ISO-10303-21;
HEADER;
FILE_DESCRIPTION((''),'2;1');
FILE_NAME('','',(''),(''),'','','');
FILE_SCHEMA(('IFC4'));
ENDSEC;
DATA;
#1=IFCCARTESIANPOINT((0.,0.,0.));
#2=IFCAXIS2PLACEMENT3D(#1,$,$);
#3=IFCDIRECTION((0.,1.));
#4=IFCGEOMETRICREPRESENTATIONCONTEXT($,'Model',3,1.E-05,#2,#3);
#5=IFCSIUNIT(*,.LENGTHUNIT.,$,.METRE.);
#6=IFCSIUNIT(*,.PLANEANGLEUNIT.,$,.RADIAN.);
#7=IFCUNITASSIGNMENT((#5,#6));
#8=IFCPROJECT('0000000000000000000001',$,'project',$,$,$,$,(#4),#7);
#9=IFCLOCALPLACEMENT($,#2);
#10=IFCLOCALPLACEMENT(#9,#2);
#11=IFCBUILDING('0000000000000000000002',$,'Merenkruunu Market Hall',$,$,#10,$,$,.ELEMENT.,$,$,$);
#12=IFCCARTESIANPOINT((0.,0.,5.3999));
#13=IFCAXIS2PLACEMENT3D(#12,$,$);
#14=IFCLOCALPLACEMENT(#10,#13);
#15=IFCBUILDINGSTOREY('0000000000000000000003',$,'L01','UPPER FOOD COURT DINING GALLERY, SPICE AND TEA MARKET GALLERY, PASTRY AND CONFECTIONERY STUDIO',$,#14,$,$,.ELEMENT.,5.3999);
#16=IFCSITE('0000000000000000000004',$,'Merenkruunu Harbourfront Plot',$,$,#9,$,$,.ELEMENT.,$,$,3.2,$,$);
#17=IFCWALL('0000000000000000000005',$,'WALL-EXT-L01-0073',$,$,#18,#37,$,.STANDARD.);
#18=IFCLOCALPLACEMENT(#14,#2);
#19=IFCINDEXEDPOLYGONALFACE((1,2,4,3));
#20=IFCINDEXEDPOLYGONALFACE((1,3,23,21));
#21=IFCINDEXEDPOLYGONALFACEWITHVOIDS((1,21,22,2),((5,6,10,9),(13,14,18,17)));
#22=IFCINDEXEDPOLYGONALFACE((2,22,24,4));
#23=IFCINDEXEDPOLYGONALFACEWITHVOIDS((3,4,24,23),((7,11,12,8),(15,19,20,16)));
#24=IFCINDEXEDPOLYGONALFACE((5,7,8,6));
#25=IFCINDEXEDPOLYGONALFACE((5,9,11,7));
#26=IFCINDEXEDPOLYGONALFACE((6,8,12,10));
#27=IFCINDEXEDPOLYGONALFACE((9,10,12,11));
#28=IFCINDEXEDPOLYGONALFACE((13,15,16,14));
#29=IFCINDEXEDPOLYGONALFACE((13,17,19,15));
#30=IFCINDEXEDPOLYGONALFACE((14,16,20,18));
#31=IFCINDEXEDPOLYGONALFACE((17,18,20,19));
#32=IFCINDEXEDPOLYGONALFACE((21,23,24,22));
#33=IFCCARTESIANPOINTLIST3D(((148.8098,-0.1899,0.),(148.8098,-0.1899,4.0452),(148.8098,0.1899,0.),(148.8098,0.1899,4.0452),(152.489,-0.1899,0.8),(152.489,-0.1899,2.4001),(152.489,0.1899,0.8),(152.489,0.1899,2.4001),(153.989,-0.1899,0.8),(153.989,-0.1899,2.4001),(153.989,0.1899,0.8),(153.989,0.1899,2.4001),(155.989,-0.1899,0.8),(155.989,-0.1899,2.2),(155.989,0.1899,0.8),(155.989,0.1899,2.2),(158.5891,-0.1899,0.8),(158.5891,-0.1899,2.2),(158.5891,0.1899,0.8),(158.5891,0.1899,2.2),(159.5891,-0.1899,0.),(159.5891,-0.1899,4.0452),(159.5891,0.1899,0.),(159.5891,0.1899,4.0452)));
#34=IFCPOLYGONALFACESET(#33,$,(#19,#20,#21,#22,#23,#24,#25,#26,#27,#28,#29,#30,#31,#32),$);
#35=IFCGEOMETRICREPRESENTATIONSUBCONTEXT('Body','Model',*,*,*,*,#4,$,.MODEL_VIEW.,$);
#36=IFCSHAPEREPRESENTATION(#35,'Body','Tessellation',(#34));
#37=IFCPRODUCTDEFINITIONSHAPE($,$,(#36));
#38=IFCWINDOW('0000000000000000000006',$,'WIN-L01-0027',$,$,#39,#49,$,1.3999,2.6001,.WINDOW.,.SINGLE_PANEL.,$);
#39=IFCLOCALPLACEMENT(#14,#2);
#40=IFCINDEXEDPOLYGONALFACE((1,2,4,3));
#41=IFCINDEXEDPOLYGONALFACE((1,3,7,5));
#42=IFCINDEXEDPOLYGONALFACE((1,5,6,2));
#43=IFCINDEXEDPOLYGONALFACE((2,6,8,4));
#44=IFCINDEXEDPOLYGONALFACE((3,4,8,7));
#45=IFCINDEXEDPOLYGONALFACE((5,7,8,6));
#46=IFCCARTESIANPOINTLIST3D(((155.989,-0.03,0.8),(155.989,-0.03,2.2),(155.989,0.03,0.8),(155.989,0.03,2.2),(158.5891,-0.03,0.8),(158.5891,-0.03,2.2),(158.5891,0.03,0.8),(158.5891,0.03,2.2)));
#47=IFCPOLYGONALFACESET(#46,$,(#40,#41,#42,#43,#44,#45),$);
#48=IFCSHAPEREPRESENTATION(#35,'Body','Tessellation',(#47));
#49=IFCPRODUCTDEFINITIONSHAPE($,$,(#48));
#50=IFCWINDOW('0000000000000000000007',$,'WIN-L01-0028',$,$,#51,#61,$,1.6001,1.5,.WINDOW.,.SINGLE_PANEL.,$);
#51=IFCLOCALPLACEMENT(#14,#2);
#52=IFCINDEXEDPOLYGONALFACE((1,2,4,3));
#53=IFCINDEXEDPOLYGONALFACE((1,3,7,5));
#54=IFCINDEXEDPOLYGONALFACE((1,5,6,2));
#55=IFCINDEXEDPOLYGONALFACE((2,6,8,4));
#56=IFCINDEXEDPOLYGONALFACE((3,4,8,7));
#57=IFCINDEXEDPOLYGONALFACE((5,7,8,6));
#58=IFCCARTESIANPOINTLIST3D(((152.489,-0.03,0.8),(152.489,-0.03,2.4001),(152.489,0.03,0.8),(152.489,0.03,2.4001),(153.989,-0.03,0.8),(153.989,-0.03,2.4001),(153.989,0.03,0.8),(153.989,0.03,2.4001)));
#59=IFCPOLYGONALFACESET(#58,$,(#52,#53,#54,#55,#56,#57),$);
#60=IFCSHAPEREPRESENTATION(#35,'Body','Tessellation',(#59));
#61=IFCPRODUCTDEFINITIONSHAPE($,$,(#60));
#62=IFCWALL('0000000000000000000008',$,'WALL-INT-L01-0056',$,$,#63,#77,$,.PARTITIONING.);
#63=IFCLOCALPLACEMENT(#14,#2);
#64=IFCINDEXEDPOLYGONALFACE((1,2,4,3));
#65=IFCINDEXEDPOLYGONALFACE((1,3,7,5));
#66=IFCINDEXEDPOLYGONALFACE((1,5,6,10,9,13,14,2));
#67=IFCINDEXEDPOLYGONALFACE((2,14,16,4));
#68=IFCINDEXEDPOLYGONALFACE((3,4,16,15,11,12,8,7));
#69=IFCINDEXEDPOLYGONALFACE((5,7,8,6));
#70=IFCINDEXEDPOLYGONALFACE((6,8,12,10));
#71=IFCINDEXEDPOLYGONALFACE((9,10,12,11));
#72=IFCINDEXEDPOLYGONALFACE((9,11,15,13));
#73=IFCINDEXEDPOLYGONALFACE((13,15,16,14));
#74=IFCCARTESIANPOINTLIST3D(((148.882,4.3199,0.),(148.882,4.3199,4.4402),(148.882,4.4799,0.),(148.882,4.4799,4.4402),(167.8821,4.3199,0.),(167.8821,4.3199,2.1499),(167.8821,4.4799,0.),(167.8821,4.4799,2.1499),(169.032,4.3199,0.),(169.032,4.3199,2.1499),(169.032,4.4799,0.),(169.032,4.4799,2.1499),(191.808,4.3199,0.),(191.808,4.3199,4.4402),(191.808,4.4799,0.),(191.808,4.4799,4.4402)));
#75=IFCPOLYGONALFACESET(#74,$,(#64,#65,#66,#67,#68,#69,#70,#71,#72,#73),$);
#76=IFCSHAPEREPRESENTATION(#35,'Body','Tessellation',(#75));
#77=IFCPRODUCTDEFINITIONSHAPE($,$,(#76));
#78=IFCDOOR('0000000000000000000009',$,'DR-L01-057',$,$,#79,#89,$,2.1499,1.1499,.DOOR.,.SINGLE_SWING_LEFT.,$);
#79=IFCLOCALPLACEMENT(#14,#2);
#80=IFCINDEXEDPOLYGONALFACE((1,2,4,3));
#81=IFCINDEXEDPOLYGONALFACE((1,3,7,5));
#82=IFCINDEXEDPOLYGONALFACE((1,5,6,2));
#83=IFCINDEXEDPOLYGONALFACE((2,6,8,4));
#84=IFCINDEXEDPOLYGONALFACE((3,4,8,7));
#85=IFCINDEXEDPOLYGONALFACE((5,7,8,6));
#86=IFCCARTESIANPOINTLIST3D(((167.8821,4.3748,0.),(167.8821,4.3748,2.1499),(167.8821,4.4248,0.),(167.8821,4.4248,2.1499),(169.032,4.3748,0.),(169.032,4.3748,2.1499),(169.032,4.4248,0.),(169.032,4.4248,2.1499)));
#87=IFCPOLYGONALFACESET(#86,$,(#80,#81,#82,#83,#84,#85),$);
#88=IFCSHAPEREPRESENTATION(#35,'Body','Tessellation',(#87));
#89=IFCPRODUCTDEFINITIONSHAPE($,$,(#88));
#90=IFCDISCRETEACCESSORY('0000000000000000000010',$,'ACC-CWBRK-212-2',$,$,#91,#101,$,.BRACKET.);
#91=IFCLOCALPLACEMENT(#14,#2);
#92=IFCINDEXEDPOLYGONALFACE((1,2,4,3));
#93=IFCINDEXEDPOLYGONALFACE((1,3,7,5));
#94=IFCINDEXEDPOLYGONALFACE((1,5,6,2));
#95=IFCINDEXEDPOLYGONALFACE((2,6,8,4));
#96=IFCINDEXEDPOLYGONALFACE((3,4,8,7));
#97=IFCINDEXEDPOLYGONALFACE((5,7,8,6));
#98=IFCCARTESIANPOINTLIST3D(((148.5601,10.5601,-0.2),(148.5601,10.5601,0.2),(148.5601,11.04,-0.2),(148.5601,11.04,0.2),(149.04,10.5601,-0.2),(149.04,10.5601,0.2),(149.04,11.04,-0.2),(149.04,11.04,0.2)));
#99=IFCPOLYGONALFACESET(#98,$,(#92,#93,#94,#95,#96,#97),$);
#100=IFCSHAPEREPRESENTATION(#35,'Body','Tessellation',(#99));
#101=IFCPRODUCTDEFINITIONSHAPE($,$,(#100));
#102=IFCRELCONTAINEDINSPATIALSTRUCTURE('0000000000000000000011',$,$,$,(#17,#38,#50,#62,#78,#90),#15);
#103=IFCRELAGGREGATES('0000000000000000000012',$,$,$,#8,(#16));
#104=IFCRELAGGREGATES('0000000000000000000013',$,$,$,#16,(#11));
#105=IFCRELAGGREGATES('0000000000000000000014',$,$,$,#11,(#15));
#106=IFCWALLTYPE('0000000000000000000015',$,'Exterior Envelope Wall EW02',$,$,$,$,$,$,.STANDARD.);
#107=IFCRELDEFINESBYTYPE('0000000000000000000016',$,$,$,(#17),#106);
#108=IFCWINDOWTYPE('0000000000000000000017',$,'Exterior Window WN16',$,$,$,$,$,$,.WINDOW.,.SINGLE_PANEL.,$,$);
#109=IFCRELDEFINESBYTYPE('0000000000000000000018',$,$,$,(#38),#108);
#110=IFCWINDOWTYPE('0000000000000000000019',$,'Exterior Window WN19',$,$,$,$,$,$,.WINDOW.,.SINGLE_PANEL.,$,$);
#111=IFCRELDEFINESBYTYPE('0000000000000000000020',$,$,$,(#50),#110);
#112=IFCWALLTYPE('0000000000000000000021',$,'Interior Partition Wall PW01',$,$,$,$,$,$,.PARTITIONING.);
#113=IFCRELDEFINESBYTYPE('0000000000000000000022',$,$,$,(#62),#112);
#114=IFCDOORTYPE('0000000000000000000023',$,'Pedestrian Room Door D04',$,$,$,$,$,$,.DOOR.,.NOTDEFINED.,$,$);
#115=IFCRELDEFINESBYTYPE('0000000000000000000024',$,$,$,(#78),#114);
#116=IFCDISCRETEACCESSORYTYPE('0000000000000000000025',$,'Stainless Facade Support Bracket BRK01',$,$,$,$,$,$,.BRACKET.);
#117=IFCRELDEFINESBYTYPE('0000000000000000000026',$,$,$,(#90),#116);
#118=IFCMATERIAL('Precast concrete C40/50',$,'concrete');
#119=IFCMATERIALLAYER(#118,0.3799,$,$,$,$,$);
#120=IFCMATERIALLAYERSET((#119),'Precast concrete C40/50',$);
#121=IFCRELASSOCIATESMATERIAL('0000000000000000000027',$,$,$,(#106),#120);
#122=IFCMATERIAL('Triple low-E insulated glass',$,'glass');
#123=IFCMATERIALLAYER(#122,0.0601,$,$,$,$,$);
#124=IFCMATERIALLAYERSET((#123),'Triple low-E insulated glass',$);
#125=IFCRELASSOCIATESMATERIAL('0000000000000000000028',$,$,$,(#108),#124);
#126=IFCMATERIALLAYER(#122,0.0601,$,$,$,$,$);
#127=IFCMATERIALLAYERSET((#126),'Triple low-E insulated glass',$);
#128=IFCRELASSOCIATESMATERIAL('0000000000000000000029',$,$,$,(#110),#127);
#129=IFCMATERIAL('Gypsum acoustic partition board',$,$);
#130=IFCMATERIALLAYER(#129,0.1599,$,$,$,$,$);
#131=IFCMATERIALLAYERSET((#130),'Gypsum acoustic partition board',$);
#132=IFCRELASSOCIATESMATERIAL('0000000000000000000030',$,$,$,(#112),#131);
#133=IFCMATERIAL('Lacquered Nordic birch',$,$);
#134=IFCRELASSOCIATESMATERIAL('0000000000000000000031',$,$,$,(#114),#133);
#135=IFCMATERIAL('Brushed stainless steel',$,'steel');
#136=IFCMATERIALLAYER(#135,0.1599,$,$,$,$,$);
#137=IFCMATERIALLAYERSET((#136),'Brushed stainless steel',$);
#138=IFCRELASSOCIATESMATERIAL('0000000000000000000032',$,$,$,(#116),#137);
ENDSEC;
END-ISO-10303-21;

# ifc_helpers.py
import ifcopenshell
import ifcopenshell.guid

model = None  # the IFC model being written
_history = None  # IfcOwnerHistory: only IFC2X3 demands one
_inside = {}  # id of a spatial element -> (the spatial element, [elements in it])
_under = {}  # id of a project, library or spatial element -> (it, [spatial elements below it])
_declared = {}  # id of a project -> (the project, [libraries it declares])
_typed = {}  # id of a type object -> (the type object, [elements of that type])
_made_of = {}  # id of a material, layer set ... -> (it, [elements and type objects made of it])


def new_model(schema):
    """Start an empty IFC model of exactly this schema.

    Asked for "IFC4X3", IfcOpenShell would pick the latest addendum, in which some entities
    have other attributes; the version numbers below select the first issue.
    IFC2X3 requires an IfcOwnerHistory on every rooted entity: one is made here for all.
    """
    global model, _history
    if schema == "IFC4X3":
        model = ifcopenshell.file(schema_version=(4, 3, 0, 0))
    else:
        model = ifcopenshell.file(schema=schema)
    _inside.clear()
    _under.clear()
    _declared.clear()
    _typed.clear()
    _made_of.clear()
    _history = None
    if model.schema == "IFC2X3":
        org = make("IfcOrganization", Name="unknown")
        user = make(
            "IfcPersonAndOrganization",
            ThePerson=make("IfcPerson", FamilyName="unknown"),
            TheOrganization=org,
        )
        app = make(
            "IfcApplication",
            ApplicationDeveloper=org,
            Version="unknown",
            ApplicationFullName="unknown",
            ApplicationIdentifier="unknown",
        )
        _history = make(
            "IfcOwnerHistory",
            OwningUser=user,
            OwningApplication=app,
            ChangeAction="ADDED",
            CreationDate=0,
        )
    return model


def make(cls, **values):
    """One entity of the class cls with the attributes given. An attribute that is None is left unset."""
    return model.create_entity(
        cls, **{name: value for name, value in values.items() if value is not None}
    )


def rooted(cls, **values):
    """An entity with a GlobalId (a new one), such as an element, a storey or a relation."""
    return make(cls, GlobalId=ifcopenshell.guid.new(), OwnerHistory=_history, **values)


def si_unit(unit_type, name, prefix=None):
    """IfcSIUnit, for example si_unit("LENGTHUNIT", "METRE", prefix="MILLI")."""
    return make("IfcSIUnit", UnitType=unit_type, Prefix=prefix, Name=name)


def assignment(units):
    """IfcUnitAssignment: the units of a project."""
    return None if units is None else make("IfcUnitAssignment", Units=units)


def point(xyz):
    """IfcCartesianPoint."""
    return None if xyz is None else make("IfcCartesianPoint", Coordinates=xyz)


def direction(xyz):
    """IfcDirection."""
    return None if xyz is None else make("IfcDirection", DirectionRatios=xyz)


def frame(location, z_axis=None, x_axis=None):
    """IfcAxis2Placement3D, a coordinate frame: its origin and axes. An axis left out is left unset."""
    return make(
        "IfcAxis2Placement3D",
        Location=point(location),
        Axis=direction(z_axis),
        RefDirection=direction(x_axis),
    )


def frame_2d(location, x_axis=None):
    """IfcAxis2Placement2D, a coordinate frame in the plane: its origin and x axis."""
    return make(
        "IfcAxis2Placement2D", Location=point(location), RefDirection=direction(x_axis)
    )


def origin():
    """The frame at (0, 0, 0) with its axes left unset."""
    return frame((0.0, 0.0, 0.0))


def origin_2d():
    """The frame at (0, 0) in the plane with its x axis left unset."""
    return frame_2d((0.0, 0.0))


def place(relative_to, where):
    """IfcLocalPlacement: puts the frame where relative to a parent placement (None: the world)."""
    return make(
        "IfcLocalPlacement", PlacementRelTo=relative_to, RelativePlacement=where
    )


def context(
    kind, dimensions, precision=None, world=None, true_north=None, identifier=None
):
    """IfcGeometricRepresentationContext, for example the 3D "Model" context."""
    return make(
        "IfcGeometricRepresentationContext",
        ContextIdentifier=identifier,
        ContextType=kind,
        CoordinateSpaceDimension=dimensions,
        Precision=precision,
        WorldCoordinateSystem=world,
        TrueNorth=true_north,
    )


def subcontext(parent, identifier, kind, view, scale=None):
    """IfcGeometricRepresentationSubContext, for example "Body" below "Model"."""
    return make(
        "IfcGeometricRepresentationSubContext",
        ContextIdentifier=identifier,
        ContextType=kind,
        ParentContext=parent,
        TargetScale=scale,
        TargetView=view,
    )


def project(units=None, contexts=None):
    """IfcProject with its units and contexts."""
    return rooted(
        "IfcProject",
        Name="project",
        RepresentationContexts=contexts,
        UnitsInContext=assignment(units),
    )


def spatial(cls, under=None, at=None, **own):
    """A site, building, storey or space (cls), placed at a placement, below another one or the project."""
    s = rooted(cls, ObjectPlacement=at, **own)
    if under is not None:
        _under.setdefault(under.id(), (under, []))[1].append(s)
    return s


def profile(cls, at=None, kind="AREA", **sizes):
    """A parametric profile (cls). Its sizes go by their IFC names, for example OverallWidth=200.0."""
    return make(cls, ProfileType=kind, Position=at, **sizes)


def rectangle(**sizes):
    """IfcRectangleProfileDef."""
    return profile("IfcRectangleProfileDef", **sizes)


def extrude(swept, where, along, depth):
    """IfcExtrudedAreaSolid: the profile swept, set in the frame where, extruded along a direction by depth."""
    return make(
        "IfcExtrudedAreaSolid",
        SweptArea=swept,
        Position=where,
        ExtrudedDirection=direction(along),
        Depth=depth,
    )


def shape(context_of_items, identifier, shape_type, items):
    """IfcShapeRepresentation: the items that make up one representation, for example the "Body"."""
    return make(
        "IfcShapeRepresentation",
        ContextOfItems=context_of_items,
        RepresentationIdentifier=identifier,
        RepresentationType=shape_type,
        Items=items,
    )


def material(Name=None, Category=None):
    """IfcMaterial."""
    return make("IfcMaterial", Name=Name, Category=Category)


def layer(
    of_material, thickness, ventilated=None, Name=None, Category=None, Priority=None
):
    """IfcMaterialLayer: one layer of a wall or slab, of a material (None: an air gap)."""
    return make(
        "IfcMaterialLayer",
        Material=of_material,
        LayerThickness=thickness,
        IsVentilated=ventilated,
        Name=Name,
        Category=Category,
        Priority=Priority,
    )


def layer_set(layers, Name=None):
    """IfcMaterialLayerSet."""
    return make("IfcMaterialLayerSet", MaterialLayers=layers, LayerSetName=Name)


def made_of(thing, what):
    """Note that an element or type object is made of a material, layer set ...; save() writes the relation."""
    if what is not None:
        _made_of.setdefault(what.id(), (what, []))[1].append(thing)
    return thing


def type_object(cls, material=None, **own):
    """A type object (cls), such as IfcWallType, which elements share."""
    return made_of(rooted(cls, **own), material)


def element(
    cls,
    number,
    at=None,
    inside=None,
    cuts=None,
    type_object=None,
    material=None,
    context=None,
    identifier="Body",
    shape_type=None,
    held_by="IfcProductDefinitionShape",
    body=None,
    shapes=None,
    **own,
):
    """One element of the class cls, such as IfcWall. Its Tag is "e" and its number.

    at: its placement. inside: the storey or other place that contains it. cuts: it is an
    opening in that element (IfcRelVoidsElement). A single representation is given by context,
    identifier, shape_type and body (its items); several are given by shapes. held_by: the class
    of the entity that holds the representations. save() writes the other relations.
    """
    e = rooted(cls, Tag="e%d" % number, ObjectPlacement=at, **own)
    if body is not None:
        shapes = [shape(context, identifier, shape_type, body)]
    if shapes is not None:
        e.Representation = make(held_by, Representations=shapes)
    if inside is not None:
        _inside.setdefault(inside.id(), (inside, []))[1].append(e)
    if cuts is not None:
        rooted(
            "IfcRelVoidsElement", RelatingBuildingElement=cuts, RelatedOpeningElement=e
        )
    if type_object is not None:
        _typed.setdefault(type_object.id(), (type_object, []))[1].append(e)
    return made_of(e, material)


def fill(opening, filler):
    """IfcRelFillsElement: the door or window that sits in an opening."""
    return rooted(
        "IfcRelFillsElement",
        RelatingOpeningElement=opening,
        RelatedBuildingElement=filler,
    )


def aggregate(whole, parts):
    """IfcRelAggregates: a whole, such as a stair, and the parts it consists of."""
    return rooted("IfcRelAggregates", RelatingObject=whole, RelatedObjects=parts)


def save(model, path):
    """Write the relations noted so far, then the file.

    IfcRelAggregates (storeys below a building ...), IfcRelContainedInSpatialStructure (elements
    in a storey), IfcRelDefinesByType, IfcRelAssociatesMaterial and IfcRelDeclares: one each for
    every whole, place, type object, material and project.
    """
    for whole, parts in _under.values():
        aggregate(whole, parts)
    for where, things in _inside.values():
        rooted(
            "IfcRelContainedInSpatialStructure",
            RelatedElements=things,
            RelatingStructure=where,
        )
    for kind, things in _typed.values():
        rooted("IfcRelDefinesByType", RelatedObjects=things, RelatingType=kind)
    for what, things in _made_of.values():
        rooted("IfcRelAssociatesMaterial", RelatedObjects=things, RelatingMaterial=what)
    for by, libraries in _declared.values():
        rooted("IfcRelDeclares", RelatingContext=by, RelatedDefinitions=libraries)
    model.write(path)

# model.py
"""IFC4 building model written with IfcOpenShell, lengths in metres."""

from ifc_helpers import new_model, si_unit, direction, frame, frame_2d, origin, origin_2d, place, context, subcontext, project, spatial, rectangle, extrude, material, layer, layer_set, type_object, element, fill, save


model = new_model("IFC4")

# Units and contexts
model_context = context("Model", 3, precision=1e-05, world=origin(), true_north=direction((0.0, 1.0)))
body_context = subcontext(model_context, "Body", "Model", "MODEL_VIEW")
ifc_project = project(units=[si_unit("LENGTHUNIT", "METRE"), si_unit("PLANEANGLEUNIT", "RADIAN")], contexts=[model_context])

# Site, building, storey
site_placement = place(None, origin())
site = spatial("IfcSite", under=ifc_project, at=site_placement, Name="Merenkruunu Harbourfront Plot", CompositionType="ELEMENT", RefElevation=3.2)
building_placement = place(site_placement, origin())
building = spatial("IfcBuilding", under=site, at=building_placement, Name="Merenkruunu Market Hall", CompositionType="ELEMENT")
storey_placement = place(building_placement, frame((0.0, 0.0, 5.3999)))
storey = spatial("IfcBuildingStorey", under=building, at=storey_placement, Name="L01", Description="UPPER FOOD COURT DINING GALLERY, SPICE AND TEA MARKET GALLERY, PASTRY AND CONFECTIONERY STUDIO", CompositionType="ELEMENT", Elevation=5.3999)

# Shared definitions
ifc_material_1 = material(Name="Triple low-E insulated glass", Category="glass")

# Wall, openings, windows
ifc_material_2 = material(Name="Precast concrete C40/50", Category="concrete")
ifc_layer_1 = layer(ifc_material_2, 0.3799)
ifc_layer_set_1 = layer_set([ifc_layer_1], Name="Precast concrete C40/50")
wall_type_1 = type_object("IfcWallType", Name="Exterior Envelope Wall EW02", PredefinedType="STANDARD", material=ifc_layer_set_1)
wall_1_placement = place(storey_placement, frame((159.5891, 0.0, 0.0), z_axis=(0.0, 0.0, 1.0), x_axis=(-1.0, 0.0, 0.0)))
wall_1 = element("IfcWall", 1, at=wall_1_placement, inside=storey, type_object=wall_type_1, Name="WALL-EXT-L01-0073", PredefinedType="STANDARD", context=body_context, shape_type="SweptSolid", body=[
    extrude(rectangle(XDim=10.7793, YDim=0.3799, at=frame_2d((5.3896, 0.0))), origin(), (0.0, 0.0, 1.0), 4.0452),
])
opening_1_placement = place(wall_1_placement, frame((1.0, 0.0, 0.8)))
opening_1 = element("IfcOpeningElement", 2, at=opening_1_placement, cuts=wall_1, PredefinedType="OPENING", context=body_context, shape_type="SweptSolid", body=[
    extrude(rectangle(XDim=2.6001, YDim=1.3999, at=frame_2d((1.3, 0.7))), frame((0.0, 0.2, 0.0), z_axis=(0.0, -1.0, 0.0), x_axis=(1.0, 0.0, 0.0)), (0.0, 0.0, 1.0), 0.3999),
])
opening_2_placement = place(wall_1_placement, frame((5.6001, 0.0, 0.8)))
opening_2 = element("IfcOpeningElement", 3, at=opening_2_placement, cuts=wall_1, PredefinedType="OPENING", context=body_context, shape_type="SweptSolid", body=[
    extrude(rectangle(XDim=1.5, YDim=1.6001, at=frame_2d((0.75, 0.8))), frame((0.0, 0.2, 0.0), z_axis=(0.0, -1.0, 0.0), x_axis=(1.0, 0.0, 0.0)), (0.0, 0.0, 1.0), 0.3999),
])
ifc_layer_2 = layer(ifc_material_1, 0.0601)
ifc_layer_set_2 = layer_set([ifc_layer_2], Name="Triple low-E insulated glass")
window_type_1 = type_object("IfcWindowType", Name="Exterior Window WN16", PartitioningType="SINGLE_PANEL", PredefinedType="WINDOW", material=ifc_layer_set_2)
window_1_placement = place(opening_1_placement, origin())
window_1 = element("IfcWindow", 4, at=window_1_placement, inside=storey, type_object=window_type_1, Name="WIN-L01-0027", OverallHeight=1.3999, OverallWidth=2.6001, PartitioningType="SINGLE_PANEL", PredefinedType="WINDOW", context=body_context, shape_type="SweptSolid", body=[
    extrude(rectangle(XDim=2.6001, YDim=1.3999, at=frame_2d((1.3, 0.7))), frame((0.0, 0.03, 0.0), z_axis=(0.0, -1.0, 0.0), x_axis=(1.0, 0.0, 0.0)), (0.0, 0.0, 1.0), 0.0601),
])
fill(opening_1, window_1)
ifc_layer_3 = layer(ifc_material_1, 0.0601)
ifc_layer_set_3 = layer_set([ifc_layer_3], Name="Triple low-E insulated glass")
window_type_2 = type_object("IfcWindowType", Name="Exterior Window WN19", PartitioningType="SINGLE_PANEL", PredefinedType="WINDOW", material=ifc_layer_set_3)
window_2_placement = place(opening_2_placement, origin())
window_2 = element("IfcWindow", 5, at=window_2_placement, inside=storey, type_object=window_type_2, Name="WIN-L01-0028", OverallHeight=1.6001, OverallWidth=1.5, PartitioningType="SINGLE_PANEL", PredefinedType="WINDOW", context=body_context, shape_type="SweptSolid", body=[
    extrude(rectangle(XDim=1.5, YDim=1.6001, at=frame_2d((0.75, 0.8))), frame((0.0, 0.03, 0.0), z_axis=(0.0, -1.0, 0.0), x_axis=(1.0, 0.0, 0.0)), (0.0, 0.0, 1.0), 0.0601),
])
fill(opening_2, window_2)

# Wall, opening, door
ifc_material_3 = material(Name="Gypsum acoustic partition board")
ifc_layer_4 = layer(ifc_material_3, 0.1599)
ifc_layer_set_4 = layer_set([ifc_layer_4], Name="Gypsum acoustic partition board")
wall_type_2 = type_object("IfcWallType", Name="Interior Partition Wall PW01", PredefinedType="PARTITIONING", material=ifc_layer_set_4)
wall_2_placement = place(storey_placement, frame((148.8821, 4.3999, 0.0), z_axis=(0.0, 0.0, 1.0), x_axis=(1.0, 0.0, 0.0)))
wall_2 = element("IfcWall", 6, at=wall_2_placement, inside=storey, type_object=wall_type_2, Name="WALL-INT-L01-0056", PredefinedType="PARTITIONING", context=body_context, shape_type="SweptSolid", body=[
    extrude(rectangle(XDim=42.926, YDim=0.1599, at=frame_2d((21.4629, 0.0))), origin(), (0.0, 0.0, 1.0), 4.4402),
])
opening_3_placement = place(wall_2_placement, frame((19.0, 0.0, 0.0)))
opening_3 = element("IfcOpeningElement", 7, at=opening_3_placement, cuts=wall_2, PredefinedType="OPENING", context=body_context, shape_type="SweptSolid", body=[
    extrude(rectangle(XDim=1.1499, YDim=2.1499, at=frame_2d((0.575, 1.075))), frame((0.0, 0.0898, 0.0), z_axis=(0.0, -1.0, 0.0), x_axis=(1.0, 0.0, 0.0)), (0.0, 0.0, 1.0), 0.1799),
])
ifc_material_4 = material(Name="Lacquered Nordic birch")
door_type = type_object("IfcDoorType", Name="Pedestrian Room Door D04", OperationType="NOTDEFINED", PredefinedType="DOOR", material=ifc_material_4)
door_placement = place(opening_3_placement, origin())
door = element("IfcDoor", 8, at=door_placement, inside=storey, type_object=door_type, Name="DR-L01-057", OperationType="SINGLE_SWING_LEFT", OverallHeight=2.1499, OverallWidth=1.1499, PredefinedType="DOOR", context=body_context, shape_type="SweptSolid", body=[
    extrude(rectangle(XDim=1.1499, YDim=2.1499, at=frame_2d((0.575, 1.075))), frame((0.0, 0.0249, 0.0), z_axis=(0.0, -1.0, 0.0), x_axis=(1.0, 0.0, 0.0)), (0.0, 0.0, 1.0), 0.05),
])
fill(opening_3, door)

# Discrete accessory
ifc_material_5 = material(Name="Brushed stainless steel", Category="steel")
ifc_layer_5 = layer(ifc_material_5, 0.1599)
ifc_layer_set_5 = layer_set([ifc_layer_5], Name="Brushed stainless steel")
discrete_accessory_type = type_object("IfcDiscreteAccessoryType", Name="Stainless Facade Support Bracket BRK01", PredefinedType="BRACKET", material=ifc_layer_set_5)
discrete_accessory_placement = place(storey_placement, frame((148.8, 10.8, -0.2), z_axis=(0.0, 0.0, 1.0), x_axis=(1.0, 0.0, 0.0)))
element("IfcDiscreteAccessory", 9, at=discrete_accessory_placement, inside=storey, type_object=discrete_accessory_type, Name="ACC-CWBRK-212-2", PredefinedType="BRACKET", context=body_context, shape_type="SweptSolid", body=[
    extrude(rectangle(XDim=0.48, YDim=0.48, at=origin_2d()), origin(), (0.0, 0.0, 1.0), 0.3999),
])

save(model, "model.ifc")
